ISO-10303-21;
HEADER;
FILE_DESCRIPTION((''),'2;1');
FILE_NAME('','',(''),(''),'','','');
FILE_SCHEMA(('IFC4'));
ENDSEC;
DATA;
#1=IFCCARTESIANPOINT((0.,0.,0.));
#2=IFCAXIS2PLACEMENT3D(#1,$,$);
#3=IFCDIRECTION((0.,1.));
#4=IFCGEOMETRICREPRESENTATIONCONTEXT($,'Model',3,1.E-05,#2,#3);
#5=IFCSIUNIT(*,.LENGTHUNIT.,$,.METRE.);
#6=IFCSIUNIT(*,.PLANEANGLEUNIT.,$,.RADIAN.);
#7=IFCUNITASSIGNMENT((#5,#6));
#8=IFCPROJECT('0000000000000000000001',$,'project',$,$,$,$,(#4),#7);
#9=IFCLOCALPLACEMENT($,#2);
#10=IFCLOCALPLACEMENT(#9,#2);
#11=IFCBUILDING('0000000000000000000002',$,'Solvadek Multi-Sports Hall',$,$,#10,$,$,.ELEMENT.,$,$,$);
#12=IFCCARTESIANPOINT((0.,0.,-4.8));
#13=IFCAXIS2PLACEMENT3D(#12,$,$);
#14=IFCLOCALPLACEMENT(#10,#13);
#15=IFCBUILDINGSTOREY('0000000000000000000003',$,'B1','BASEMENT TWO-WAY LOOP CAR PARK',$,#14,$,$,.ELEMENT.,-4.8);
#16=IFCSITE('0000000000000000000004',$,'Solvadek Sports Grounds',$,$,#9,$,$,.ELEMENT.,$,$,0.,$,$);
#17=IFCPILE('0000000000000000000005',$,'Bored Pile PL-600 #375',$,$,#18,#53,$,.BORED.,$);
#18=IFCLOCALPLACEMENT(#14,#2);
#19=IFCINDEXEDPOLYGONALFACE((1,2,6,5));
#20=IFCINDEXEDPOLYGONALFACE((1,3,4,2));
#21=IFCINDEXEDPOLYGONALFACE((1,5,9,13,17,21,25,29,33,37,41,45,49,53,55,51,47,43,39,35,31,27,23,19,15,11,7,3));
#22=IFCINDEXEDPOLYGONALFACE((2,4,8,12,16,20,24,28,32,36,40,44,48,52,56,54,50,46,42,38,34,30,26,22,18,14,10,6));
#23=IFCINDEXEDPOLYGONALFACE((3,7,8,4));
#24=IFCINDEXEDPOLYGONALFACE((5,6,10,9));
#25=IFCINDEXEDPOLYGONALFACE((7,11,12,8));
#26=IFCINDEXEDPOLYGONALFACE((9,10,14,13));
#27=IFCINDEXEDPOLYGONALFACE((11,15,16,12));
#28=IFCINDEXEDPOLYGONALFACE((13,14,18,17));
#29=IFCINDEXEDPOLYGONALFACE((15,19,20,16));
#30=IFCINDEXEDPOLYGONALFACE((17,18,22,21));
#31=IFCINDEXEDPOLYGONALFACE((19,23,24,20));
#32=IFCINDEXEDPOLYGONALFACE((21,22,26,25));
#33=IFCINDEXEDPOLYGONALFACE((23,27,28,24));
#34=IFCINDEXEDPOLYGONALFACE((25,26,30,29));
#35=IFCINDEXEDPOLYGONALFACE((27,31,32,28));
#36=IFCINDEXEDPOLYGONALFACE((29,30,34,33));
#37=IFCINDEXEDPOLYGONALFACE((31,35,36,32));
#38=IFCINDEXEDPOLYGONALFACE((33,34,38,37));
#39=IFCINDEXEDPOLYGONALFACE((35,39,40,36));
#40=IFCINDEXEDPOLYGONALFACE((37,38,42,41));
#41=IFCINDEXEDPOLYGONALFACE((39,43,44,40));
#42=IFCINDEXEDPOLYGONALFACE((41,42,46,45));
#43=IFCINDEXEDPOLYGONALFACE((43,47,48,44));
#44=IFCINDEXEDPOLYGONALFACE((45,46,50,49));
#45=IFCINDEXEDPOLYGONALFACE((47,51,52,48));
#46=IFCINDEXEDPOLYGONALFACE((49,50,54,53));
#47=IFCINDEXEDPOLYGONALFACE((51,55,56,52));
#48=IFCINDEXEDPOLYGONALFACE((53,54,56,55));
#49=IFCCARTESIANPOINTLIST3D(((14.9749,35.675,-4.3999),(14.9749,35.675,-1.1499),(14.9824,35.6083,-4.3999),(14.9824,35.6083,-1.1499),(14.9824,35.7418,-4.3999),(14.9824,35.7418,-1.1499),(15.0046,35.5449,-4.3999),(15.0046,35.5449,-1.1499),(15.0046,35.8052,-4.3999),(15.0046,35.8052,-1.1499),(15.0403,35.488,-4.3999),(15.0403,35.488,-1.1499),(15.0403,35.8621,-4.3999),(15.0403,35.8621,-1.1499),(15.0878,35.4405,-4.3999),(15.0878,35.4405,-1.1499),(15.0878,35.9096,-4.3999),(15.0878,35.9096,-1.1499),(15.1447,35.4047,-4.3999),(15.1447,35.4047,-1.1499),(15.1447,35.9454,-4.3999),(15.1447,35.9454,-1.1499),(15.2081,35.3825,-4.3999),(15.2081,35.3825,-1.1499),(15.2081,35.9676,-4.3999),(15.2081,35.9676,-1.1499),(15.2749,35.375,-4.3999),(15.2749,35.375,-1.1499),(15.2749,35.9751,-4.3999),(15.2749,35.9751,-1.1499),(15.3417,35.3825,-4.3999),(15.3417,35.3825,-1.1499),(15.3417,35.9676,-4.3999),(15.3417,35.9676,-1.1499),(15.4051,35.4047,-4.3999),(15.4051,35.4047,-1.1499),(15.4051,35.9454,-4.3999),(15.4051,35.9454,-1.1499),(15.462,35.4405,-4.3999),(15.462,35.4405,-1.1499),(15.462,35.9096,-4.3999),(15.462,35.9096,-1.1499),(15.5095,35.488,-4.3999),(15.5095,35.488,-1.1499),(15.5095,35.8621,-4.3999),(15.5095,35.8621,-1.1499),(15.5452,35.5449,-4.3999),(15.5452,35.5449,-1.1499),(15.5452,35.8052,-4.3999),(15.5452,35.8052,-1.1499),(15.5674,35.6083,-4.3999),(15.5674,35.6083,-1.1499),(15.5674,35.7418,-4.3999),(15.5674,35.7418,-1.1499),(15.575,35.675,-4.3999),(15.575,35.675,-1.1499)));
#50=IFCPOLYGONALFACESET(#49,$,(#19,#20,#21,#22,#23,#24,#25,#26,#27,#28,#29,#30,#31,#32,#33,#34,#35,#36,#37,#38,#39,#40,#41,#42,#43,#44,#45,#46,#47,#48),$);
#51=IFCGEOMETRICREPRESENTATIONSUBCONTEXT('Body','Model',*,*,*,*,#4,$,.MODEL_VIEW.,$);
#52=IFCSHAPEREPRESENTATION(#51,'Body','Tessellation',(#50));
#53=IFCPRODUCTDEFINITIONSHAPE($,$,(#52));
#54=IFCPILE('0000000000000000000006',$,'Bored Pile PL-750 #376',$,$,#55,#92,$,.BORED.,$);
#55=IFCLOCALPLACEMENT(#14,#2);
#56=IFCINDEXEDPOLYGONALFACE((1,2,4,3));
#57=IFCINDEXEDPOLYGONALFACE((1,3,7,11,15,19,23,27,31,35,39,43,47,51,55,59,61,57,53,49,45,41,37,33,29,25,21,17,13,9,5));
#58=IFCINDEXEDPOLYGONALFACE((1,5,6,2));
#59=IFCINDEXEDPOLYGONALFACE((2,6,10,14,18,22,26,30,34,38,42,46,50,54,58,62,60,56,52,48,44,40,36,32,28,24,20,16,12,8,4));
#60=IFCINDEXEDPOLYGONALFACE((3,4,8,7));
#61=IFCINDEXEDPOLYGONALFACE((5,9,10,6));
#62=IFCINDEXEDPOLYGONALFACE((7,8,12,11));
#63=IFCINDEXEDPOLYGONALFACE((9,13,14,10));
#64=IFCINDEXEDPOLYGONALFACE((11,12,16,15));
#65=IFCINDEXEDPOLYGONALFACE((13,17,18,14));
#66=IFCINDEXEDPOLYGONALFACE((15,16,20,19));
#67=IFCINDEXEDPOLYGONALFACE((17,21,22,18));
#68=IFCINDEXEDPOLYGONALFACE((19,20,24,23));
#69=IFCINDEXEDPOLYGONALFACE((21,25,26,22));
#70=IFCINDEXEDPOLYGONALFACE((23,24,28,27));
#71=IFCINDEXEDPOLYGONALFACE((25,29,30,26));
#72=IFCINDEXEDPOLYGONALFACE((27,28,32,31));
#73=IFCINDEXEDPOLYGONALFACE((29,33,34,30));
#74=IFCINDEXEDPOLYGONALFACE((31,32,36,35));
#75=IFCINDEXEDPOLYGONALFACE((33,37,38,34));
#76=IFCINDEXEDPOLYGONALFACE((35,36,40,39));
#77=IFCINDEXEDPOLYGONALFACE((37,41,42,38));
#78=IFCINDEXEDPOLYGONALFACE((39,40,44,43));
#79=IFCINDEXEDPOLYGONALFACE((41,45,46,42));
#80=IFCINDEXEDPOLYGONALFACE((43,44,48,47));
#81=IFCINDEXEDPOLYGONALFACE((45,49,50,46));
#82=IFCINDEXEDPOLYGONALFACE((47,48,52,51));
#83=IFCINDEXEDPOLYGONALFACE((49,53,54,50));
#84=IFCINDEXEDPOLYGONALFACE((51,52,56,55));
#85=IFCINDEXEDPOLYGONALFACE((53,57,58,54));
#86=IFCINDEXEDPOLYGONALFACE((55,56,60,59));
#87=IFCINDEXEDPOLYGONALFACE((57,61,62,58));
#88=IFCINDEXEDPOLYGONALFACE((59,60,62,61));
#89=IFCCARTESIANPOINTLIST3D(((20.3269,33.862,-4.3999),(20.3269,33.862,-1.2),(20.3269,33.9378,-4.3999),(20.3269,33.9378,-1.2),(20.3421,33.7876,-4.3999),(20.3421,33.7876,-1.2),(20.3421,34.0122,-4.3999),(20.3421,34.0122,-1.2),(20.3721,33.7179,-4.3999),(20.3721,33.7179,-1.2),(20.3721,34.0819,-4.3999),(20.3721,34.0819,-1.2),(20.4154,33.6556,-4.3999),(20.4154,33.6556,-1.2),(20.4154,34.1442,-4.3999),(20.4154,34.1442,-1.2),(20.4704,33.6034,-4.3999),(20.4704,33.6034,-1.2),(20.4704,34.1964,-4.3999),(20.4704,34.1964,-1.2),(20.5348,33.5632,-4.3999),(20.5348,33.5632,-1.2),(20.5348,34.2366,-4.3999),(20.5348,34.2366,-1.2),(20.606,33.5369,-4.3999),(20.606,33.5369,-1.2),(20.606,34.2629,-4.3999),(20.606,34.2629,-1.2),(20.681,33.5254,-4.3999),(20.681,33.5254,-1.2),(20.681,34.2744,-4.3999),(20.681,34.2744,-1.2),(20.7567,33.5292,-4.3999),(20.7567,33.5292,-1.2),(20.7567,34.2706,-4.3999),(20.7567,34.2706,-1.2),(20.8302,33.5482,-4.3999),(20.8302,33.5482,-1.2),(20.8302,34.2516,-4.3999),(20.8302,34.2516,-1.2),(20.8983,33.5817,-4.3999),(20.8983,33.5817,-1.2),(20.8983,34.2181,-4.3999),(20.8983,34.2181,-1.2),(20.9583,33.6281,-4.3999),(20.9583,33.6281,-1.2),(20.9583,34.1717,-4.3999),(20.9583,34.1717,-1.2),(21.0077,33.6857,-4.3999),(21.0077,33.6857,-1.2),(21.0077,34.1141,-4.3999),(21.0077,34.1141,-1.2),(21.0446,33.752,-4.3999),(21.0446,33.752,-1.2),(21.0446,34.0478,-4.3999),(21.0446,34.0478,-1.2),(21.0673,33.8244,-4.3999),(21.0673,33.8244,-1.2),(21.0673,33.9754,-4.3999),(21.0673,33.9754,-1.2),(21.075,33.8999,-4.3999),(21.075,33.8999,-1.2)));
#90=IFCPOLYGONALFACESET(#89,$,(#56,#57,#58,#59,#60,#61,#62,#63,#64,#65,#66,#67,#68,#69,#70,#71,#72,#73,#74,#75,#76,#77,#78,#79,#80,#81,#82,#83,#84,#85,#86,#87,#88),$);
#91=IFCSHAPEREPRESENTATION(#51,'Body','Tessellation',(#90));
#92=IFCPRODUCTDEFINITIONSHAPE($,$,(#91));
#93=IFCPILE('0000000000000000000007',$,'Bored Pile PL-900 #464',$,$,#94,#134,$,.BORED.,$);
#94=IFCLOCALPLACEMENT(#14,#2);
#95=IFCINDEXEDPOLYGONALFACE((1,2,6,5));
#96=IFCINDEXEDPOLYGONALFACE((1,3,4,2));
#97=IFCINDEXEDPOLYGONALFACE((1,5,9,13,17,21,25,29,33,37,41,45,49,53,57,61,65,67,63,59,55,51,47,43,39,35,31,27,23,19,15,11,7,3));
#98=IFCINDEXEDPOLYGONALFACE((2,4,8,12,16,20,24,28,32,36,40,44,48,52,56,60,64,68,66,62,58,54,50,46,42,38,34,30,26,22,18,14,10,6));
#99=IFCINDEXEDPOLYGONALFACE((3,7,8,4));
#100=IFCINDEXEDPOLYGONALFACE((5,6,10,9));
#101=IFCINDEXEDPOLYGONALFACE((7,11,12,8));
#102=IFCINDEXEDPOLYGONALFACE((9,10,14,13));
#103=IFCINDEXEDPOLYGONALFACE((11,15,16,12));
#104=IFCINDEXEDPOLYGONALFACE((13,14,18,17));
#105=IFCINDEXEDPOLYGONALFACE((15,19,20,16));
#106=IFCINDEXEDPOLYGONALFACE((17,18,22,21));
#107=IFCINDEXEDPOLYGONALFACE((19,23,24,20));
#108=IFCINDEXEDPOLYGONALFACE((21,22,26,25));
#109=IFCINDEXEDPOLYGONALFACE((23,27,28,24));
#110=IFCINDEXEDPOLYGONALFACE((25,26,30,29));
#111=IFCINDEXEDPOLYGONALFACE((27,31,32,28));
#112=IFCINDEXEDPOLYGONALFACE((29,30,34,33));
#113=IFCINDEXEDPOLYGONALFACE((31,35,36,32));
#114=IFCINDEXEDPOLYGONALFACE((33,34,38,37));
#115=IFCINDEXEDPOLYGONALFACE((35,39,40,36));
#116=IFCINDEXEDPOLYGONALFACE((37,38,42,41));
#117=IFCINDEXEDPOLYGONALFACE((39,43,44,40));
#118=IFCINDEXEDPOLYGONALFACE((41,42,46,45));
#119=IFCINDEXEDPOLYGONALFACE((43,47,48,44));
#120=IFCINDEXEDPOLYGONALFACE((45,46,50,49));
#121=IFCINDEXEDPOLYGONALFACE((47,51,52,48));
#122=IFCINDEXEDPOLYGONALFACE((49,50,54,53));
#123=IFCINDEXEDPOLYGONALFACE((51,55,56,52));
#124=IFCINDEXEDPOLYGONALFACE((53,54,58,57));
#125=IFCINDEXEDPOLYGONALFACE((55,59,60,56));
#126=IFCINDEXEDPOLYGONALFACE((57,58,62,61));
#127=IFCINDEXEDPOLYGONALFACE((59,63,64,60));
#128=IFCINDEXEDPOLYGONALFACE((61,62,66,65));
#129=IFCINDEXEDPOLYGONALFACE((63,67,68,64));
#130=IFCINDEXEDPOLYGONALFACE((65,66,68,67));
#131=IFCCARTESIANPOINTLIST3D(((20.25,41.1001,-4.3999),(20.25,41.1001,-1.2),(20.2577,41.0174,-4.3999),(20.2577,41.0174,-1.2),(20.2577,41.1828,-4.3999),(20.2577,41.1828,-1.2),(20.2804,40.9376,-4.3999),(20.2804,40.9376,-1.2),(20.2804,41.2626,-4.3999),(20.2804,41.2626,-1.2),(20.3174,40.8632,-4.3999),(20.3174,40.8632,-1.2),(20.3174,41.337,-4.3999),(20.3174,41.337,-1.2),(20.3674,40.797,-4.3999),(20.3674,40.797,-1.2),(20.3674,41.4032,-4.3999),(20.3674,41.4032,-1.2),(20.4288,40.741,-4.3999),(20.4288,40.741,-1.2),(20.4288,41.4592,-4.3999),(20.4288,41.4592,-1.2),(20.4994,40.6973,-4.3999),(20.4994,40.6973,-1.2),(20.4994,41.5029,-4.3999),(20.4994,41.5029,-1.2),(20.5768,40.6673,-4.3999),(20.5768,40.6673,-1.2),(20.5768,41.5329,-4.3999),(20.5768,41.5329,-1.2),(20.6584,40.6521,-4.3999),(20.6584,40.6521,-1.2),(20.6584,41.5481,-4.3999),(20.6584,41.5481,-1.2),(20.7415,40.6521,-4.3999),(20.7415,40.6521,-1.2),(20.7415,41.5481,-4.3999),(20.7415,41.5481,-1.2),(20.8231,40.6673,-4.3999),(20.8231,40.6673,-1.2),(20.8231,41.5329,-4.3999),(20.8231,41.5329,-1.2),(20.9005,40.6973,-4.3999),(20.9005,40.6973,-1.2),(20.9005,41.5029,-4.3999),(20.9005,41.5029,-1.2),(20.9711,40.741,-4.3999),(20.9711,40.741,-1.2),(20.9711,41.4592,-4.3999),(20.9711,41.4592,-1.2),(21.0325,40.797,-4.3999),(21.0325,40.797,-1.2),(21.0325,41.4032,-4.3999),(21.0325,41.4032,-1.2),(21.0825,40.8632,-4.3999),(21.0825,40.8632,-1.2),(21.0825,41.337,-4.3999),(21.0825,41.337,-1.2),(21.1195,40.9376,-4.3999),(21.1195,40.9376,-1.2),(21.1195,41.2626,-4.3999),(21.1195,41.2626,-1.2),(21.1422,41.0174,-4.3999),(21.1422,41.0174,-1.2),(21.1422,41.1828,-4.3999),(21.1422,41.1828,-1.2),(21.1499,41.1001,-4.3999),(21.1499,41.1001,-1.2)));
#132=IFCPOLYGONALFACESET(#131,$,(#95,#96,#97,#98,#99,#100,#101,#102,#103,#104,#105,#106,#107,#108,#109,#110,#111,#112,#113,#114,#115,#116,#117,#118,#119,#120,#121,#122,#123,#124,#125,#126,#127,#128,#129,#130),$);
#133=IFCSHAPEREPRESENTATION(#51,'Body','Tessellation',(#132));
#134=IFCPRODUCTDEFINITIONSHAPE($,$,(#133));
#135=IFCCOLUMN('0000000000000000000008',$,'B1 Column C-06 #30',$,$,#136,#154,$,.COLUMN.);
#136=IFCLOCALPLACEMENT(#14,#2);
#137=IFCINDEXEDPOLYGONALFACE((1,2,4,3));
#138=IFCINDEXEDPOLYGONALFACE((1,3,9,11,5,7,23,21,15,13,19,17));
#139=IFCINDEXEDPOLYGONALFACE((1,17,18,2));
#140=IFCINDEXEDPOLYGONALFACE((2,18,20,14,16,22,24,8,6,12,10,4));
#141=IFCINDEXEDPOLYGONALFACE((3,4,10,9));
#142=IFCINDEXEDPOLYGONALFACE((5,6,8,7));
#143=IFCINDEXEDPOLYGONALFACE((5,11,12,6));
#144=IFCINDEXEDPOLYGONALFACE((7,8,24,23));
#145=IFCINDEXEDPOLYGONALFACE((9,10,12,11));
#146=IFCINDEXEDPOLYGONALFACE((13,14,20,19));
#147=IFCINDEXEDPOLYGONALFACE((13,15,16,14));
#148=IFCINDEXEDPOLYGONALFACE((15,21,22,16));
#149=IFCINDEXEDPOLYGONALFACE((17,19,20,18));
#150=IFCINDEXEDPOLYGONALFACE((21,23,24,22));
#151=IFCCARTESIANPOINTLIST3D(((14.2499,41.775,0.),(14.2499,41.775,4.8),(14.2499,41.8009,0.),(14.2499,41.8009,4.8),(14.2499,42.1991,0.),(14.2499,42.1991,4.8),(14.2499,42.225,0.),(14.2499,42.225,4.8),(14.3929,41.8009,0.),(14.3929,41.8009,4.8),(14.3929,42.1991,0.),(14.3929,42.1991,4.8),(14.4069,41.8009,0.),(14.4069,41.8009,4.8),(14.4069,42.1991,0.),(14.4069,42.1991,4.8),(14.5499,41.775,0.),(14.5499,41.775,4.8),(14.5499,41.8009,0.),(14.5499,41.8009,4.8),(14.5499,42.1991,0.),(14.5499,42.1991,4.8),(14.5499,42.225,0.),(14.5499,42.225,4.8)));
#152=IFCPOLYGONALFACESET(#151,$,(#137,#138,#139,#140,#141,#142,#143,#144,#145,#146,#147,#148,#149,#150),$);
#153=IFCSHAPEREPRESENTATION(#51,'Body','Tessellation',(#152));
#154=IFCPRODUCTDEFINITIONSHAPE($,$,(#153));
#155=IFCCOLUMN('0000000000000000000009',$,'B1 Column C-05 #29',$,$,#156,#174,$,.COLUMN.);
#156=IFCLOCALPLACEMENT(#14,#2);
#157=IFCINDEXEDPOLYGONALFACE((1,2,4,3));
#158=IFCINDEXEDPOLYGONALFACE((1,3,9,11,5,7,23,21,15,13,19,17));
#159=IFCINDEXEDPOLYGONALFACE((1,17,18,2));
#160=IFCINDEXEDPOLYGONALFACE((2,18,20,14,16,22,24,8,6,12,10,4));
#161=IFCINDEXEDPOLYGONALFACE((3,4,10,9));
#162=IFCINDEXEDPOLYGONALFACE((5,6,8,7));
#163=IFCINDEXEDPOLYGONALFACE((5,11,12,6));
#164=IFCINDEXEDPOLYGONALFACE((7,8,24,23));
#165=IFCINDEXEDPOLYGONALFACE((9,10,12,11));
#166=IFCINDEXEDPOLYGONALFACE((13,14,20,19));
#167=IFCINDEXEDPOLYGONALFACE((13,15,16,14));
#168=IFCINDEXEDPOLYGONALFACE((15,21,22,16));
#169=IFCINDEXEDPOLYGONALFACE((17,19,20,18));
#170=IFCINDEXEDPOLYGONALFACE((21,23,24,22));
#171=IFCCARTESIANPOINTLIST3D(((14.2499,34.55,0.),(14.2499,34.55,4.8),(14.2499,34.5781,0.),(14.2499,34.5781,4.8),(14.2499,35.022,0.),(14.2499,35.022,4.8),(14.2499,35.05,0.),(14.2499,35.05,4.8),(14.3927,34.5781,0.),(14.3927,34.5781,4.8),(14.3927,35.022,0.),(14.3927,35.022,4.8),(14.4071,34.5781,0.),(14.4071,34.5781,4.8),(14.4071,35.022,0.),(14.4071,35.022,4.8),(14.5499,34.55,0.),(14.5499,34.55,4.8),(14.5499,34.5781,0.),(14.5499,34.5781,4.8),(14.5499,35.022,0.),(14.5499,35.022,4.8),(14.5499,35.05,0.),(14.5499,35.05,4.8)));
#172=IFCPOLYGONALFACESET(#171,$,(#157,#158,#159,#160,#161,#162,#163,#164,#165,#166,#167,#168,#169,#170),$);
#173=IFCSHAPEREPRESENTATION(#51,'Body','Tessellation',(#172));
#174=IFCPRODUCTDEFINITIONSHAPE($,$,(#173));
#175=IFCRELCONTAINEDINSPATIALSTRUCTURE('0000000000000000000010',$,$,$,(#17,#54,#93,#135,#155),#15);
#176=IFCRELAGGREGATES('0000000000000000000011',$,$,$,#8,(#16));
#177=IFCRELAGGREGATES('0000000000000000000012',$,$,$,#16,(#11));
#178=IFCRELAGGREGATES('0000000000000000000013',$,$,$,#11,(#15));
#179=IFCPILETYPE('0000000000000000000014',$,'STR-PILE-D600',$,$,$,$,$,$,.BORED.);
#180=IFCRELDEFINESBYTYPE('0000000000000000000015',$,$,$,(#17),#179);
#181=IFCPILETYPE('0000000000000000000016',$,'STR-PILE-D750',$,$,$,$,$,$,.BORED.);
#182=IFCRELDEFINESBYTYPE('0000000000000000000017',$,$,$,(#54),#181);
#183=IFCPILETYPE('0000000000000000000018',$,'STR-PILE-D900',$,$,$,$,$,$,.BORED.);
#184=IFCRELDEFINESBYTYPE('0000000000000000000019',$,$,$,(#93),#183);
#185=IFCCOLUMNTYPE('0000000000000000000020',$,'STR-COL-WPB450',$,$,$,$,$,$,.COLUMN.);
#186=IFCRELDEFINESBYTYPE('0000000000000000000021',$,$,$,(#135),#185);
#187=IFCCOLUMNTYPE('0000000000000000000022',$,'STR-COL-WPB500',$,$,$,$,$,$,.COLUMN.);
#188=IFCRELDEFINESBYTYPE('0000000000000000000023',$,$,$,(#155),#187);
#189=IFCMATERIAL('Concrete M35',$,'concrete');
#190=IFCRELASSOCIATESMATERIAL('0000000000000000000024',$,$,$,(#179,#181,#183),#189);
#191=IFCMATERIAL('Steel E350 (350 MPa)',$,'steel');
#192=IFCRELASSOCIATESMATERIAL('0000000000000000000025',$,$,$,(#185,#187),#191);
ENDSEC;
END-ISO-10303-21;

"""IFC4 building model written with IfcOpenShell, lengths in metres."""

from ifc_helpers import new_model, si_unit, direction, frame, origin, origin_2d, place, context, subcontext, project, spatial, circle, i_section, extrude, material, material_profile, profile_set, type_object, element, save


model = new_model("IFC4")

# Units and contexts
model_context = context("Model", 3, precision=1e-05, world=origin(), true_north=direction((0.0, 1.0)))
body_context = subcontext(model_context, "Body", "Model", "MODEL_VIEW")
ifc_project = project(units=[si_unit("LENGTHUNIT", "METRE"), si_unit("PLANEANGLEUNIT", "RADIAN")], contexts=[model_context])

# Site, building, storey
site_placement = place(None, origin())
site = spatial("IfcSite", under=ifc_project, at=site_placement, Name="Solvadek Sports Grounds", CompositionType="ELEMENT", RefElevation=0.0)
building_placement = place(site_placement, origin())
building = spatial("IfcBuilding", under=site, at=building_placement, Name="Solvadek Multi-Sports Hall", CompositionType="ELEMENT")
storey_placement = place(building_placement, frame((0.0, 0.0, -4.8)))
storey = spatial("IfcBuildingStorey", under=building, at=storey_placement, Name="B1", Description="BASEMENT TWO-WAY LOOP CAR PARK", CompositionType="ELEMENT", Elevation=-4.8)

# Piles
ifc_material_1 = material(Name="Concrete M35", Category="concrete")
ifc_material_profile_1 = material_profile(ifc_material_1, circle(Radius=0.3, at=origin_2d()), Name="BORED PILE D600")
ifc_profile_set_1 = profile_set([ifc_material_profile_1], Name="Concrete M35")
pile_type_1 = type_object("IfcPileType", Name="STR-PILE-D600", PredefinedType="BORED", material=ifc_profile_set_1)
pile_1_placement = place(storey_placement, frame((15.2749, 35.675, -1.1499), z_axis=(0.0, 0.0, -1.0), x_axis=(1.0, 0.0, 0.0)))
element("IfcPile", 1, at=pile_1_placement, inside=storey, type_object=pile_type_1, Name="Bored Pile PL-600 #375", PredefinedType="BORED", context=body_context, shape_type="SweptSolid", body=[
    extrude(circle(Radius=0.3, at=origin_2d()), origin(), (0.0, 0.0, 1.0), 3.25),
])
ifc_material_profile_2 = material_profile(ifc_material_1, circle(Radius=0.375, at=origin_2d()), Name="BORED PILE D750")
ifc_profile_set_2 = profile_set([ifc_material_profile_2], Name="Concrete M35")
pile_type_2 = type_object("IfcPileType", Name="STR-PILE-D750", PredefinedType="BORED", material=ifc_profile_set_2)
pile_2_placement = place(storey_placement, frame((20.7, 33.8999, -1.2), z_axis=(0.0, 0.0, -1.0), x_axis=(1.0, 0.0, 0.0)))
element("IfcPile", 2, at=pile_2_placement, inside=storey, type_object=pile_type_2, Name="Bored Pile PL-750 #376", PredefinedType="BORED", context=body_context, shape_type="SweptSolid", body=[
    extrude(circle(Radius=0.375, at=origin_2d()), origin(), (0.0, 0.0, 1.0), 3.2),
])
ifc_material_profile_3 = material_profile(ifc_material_1, circle(Radius=0.45, at=origin_2d()), Name="BORED PILE D900")
ifc_profile_set_3 = profile_set([ifc_material_profile_3], Name="Concrete M35")
pile_type_3 = type_object("IfcPileType", Name="STR-PILE-D900", PredefinedType="BORED", material=ifc_profile_set_3)
pile_3_placement = place(storey_placement, frame((20.7, 41.1001, -1.2), z_axis=(0.0, 0.0, -1.0), x_axis=(1.0, 0.0, 0.0)))
element("IfcPile", 3, at=pile_3_placement, inside=storey, type_object=pile_type_3, Name="Bored Pile PL-900 #464", PredefinedType="BORED", context=body_context, shape_type="SweptSolid", body=[
    extrude(circle(Radius=0.45, at=origin_2d()), origin(), (0.0, 0.0, 1.0), 3.2),
])

# Columns
ifc_material_2 = material(Name="Steel E350 (350 MPa)", Category="steel")
ifc_material_profile_4 = material_profile(ifc_material_2, i_section(OverallWidth=0.3, OverallDepth=0.45, WebThickness=0.0139, FlangeThickness=0.0259, at=origin_2d()), Name="WPB 450")
ifc_profile_set_4 = profile_set([ifc_material_profile_4], Name="Steel E350 (350 MPa)")
column_type_1 = type_object("IfcColumnType", Name="STR-COL-WPB450", PredefinedType="COLUMN", material=ifc_profile_set_4)
column_1_placement = place(storey_placement, frame((14.3999, 42.0, 0.0), z_axis=(0.0, 0.0, 1.0), x_axis=(1.0, 0.0, 0.0)))
element("IfcColumn", 4, at=column_1_placement, inside=storey, type_object=column_type_1, Name="B1 Column C-06 #30", PredefinedType="COLUMN", context=body_context, shape_type="SweptSolid", body=[
    extrude(i_section(OverallWidth=0.3, OverallDepth=0.45, WebThickness=0.0139, FlangeThickness=0.0259, at=origin_2d()), origin(), (0.0, 0.0, 1.0), 4.8),
])
ifc_material_profile_5 = material_profile(ifc_material_2, i_section(OverallWidth=0.3, OverallDepth=0.5, WebThickness=0.0144, FlangeThickness=0.0281, at=origin_2d()), Name="WPB 500")
ifc_profile_set_5 = profile_set([ifc_material_profile_5], Name="Steel E350 (350 MPa)")
column_type_2 = type_object("IfcColumnType", Name="STR-COL-WPB500", PredefinedType="COLUMN", material=ifc_profile_set_5)
column_2_placement = place(storey_placement, frame((14.3999, 34.8, 0.0), z_axis=(0.0, 0.0, 1.0), x_axis=(1.0, 0.0, 0.0)))
element("IfcColumn", 5, at=column_2_placement, inside=storey, type_object=column_type_2, Name="B1 Column C-05 #29", PredefinedType="COLUMN", context=body_context, shape_type="SweptSolid", body=[
    extrude(i_section(OverallWidth=0.3, OverallDepth=0.5, WebThickness=0.0144, FlangeThickness=0.0281, at=origin_2d()), origin(), (0.0, 0.0, 1.0), 4.8),
])

save(model, "model.ifc")
